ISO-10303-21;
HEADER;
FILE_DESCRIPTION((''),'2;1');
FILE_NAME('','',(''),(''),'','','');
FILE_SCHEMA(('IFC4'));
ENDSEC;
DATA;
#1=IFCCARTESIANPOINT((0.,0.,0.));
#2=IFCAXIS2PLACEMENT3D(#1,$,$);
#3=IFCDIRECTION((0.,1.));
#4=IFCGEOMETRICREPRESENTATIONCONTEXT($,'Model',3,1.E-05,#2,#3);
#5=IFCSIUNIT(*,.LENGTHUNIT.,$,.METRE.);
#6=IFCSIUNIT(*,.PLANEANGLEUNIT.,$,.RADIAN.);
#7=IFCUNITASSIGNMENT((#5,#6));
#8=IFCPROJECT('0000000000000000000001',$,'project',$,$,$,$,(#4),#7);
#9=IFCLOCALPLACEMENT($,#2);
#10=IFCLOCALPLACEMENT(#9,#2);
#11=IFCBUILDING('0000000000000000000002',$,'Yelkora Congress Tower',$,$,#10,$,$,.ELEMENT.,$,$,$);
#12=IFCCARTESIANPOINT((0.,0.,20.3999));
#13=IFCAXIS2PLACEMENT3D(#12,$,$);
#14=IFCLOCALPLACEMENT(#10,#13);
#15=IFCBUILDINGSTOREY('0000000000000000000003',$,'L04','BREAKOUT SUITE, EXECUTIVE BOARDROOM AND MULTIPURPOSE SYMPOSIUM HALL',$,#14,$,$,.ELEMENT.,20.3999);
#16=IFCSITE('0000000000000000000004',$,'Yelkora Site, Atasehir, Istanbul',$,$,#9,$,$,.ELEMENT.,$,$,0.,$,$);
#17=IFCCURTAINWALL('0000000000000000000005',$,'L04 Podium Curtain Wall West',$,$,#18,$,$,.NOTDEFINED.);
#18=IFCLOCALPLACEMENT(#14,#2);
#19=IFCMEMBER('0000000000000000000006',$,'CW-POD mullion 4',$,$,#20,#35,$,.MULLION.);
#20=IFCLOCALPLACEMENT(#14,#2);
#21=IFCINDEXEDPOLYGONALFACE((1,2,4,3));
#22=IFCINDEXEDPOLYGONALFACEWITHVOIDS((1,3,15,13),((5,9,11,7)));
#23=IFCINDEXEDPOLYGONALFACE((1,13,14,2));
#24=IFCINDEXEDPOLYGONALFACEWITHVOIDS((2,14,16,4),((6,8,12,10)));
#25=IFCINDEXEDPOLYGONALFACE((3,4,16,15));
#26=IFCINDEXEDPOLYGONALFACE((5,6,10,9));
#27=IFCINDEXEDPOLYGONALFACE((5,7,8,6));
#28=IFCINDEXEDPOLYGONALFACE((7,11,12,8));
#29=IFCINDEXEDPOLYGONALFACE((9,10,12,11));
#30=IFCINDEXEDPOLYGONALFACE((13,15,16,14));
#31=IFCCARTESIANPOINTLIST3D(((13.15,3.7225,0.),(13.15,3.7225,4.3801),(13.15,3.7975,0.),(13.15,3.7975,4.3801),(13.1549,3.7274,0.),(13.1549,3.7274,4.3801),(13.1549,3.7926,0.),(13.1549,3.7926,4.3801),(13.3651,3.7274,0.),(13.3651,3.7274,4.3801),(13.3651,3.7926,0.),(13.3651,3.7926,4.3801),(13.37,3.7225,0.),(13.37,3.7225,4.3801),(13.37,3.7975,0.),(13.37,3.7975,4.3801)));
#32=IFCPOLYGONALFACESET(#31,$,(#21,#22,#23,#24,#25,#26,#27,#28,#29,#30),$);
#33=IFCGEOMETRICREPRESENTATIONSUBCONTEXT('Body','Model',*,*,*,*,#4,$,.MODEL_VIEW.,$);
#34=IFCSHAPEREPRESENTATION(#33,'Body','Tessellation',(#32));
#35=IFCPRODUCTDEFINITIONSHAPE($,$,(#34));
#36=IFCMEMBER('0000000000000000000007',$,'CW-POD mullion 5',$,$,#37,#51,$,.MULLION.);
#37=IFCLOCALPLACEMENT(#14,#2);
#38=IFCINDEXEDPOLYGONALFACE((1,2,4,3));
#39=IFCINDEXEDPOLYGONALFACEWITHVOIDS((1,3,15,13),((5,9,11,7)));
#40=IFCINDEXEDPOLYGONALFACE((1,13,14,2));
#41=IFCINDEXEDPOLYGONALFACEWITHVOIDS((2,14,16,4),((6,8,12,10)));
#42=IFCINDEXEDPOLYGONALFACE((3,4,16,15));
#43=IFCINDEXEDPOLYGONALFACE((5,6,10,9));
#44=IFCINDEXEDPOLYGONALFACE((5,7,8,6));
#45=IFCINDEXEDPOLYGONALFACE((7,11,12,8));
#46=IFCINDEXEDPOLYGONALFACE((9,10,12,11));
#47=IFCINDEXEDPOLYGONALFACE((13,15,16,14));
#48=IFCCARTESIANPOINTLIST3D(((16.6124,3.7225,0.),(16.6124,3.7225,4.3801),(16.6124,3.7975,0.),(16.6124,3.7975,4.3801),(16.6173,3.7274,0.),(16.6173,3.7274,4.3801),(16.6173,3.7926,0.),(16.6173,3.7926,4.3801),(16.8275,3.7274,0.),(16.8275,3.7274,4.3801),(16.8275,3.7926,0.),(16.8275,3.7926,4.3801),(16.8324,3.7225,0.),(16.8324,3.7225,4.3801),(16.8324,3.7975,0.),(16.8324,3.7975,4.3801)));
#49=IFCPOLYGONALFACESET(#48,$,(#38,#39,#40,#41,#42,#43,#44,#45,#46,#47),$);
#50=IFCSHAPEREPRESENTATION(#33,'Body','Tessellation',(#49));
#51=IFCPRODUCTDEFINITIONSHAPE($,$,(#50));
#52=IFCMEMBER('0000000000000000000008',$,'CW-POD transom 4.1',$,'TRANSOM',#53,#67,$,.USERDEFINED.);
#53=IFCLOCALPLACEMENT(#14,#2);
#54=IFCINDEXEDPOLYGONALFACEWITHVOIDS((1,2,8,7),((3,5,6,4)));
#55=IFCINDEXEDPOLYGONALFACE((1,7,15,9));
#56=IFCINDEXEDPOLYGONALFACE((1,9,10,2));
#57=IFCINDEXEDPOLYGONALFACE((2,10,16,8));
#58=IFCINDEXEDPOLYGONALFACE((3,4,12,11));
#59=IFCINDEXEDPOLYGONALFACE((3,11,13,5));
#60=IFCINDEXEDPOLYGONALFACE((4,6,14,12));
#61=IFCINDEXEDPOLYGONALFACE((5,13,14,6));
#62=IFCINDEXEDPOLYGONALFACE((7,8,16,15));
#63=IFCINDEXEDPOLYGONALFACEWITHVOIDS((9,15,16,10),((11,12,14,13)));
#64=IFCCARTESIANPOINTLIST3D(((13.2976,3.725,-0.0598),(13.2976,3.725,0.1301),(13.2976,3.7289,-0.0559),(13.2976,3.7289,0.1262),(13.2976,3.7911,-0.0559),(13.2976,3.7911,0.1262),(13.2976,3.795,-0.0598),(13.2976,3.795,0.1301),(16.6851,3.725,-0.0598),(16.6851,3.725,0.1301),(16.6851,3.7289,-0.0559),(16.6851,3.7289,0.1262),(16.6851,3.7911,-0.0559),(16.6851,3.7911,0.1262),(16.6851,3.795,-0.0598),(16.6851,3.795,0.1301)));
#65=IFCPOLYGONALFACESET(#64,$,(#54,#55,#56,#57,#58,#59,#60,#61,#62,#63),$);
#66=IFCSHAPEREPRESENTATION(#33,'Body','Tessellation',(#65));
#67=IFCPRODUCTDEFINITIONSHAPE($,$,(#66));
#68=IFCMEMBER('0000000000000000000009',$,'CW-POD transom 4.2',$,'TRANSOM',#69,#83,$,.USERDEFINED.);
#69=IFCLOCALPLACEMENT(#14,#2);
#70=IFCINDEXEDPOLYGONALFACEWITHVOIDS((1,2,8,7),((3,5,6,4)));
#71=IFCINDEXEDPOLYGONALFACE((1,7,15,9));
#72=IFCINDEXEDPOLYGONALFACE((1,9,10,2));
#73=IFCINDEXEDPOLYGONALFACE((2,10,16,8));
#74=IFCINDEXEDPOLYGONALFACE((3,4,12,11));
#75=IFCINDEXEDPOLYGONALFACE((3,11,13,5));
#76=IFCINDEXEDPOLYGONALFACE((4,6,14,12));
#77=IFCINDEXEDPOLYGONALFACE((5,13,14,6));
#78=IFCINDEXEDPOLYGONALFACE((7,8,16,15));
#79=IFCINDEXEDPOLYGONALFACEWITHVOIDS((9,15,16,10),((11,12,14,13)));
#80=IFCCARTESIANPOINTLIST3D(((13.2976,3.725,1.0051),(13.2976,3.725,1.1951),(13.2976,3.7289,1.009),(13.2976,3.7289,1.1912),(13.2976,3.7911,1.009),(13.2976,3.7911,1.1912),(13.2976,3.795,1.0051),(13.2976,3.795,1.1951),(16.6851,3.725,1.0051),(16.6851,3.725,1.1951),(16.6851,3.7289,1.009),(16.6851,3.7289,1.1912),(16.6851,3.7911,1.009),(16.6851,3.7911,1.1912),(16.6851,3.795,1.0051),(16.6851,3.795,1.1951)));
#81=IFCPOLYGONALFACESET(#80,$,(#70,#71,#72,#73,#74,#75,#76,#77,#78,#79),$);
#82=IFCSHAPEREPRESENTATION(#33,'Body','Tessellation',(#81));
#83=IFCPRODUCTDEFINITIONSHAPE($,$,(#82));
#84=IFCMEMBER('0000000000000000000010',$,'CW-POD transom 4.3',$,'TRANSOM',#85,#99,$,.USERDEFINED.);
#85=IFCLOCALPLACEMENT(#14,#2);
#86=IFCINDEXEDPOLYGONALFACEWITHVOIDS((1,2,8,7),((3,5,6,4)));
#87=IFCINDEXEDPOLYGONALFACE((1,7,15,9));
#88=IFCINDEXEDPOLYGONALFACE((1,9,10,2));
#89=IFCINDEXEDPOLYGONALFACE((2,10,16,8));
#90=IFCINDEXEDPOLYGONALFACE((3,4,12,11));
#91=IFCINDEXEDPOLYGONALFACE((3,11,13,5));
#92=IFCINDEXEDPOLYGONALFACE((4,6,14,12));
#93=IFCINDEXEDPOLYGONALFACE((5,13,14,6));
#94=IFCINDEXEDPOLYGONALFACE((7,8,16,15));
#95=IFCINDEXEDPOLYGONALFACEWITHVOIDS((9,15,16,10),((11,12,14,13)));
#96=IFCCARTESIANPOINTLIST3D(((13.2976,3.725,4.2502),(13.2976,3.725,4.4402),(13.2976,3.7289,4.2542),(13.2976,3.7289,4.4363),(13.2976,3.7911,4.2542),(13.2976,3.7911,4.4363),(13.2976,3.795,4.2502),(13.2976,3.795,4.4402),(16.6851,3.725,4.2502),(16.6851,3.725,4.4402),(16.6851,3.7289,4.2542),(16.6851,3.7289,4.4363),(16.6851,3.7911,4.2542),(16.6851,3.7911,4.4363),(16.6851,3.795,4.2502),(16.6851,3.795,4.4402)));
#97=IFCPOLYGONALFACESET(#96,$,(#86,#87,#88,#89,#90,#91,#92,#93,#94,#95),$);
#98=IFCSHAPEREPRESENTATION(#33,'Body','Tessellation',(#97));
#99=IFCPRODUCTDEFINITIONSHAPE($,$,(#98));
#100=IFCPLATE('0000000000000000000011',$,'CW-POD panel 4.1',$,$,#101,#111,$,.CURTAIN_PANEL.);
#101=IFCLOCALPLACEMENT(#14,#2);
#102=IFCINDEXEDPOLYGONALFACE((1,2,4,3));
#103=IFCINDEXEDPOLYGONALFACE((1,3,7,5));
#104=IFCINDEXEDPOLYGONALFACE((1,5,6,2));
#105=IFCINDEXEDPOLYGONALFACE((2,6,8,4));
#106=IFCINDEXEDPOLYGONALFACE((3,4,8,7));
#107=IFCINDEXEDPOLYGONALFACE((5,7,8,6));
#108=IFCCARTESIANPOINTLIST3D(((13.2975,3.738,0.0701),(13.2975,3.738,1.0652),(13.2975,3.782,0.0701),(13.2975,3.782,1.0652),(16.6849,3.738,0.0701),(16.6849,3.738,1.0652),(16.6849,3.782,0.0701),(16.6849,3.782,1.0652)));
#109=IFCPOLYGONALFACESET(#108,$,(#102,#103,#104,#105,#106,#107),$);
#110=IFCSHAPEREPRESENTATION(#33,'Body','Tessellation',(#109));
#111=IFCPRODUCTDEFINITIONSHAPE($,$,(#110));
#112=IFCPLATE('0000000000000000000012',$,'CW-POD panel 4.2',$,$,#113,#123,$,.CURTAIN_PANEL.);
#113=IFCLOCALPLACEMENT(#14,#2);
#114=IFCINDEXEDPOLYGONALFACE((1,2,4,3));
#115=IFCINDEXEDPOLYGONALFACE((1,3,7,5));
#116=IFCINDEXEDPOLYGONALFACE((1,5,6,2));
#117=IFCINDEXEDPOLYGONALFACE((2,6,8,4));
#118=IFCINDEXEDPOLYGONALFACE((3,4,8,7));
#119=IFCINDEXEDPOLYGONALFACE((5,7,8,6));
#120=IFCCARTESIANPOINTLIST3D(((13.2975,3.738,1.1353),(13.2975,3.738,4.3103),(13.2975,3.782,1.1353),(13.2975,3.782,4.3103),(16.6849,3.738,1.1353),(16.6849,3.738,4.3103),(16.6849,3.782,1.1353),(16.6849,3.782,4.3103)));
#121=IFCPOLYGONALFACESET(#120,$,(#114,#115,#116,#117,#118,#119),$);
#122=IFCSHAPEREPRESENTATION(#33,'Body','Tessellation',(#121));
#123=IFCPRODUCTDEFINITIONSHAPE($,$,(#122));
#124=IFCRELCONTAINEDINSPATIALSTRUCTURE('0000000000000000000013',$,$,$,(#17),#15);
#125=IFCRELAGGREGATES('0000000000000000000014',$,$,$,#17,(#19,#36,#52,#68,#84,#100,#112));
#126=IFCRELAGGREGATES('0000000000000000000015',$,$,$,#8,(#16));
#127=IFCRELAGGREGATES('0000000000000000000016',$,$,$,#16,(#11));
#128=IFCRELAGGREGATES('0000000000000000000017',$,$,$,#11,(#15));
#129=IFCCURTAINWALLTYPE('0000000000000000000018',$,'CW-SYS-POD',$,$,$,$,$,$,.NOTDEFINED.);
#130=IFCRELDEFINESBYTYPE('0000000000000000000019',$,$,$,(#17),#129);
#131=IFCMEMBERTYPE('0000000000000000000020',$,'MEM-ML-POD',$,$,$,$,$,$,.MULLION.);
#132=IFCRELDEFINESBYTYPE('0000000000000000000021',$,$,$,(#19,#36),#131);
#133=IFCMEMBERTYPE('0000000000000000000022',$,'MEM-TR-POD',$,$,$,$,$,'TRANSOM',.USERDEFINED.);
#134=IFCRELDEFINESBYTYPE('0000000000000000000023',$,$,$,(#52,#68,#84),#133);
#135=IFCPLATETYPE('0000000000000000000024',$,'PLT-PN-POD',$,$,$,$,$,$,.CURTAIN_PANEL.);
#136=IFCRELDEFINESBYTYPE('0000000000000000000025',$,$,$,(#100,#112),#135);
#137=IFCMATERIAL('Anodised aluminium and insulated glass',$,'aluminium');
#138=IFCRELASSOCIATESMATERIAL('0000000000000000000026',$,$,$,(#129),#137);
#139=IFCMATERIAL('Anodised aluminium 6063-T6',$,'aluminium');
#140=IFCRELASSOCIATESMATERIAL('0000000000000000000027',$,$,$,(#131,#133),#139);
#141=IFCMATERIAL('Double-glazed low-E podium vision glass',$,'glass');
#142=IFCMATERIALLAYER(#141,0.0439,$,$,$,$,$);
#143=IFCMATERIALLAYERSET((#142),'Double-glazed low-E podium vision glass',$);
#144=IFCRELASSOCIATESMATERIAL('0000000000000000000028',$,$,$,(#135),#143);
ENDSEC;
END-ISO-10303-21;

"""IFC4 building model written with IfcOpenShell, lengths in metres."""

from ifc_helpers import new_model, si_unit, direction, frame, origin, origin_2d, place, context, subcontext, project, spatial, rectangle, hollow_rectangle, extrude, material, layer, layer_set, material_profile, profile_set, type_object, element, aggregate, save


model = new_model("IFC4")

# Units and contexts
model_context = context("Model", 3, precision=1e-05, world=origin(), true_north=direction((0.0, 1.0)))
body_context = subcontext(model_context, "Body", "Model", "MODEL_VIEW")
ifc_project = project(units=[si_unit("LENGTHUNIT", "METRE"), si_unit("PLANEANGLEUNIT", "RADIAN")], contexts=[model_context])

# Site, building, storey
site_placement = place(None, origin())
site = spatial("IfcSite", under=ifc_project, at=site_placement, Name="Yelkora Site, Atasehir, Istanbul", CompositionType="ELEMENT", RefElevation=0.0)
building_placement = place(site_placement, origin())
building = spatial("IfcBuilding", under=site, at=building_placement, Name="Yelkora Congress Tower", CompositionType="ELEMENT")
storey_placement = place(building_placement, frame((0.0, 0.0, 20.3999)))
storey = spatial("IfcBuildingStorey", under=building, at=storey_placement, Name="L04", Description="BREAKOUT SUITE, EXECUTIVE BOARDROOM AND MULTIPURPOSE SYMPOSIUM HALL", CompositionType="ELEMENT", Elevation=20.3999)

# Curtain wall, members, plates
ifc_material_1 = material(Name="Anodised aluminium and insulated glass", Category="aluminium")
curtain_wall_type = type_object("IfcCurtainWallType", Name="CW-SYS-POD", PredefinedType="NOTDEFINED", material=ifc_material_1)
curtain_wall_placement = place(storey_placement, origin())
curtain_wall = element("IfcCurtainWall", 1, at=curtain_wall_placement, inside=storey, type_object=curtain_wall_type, Name="L04 Podium Curtain Wall West", PredefinedType="NOTDEFINED")
ifc_material_2 = material(Name="Anodised aluminium 6063-T6", Category="aluminium")
ifc_material_profile_1 = material_profile(ifc_material_2, hollow_rectangle(XDim=0.075, YDim=0.22, WallThickness=0.0049, at=origin_2d()), Name="ALU 75x220x5")
ifc_profile_set_1 = profile_set([ifc_material_profile_1], Name="Anodised aluminium 6063-T6")
member_type_1 = type_object("IfcMemberType", Name="MEM-ML-POD", PredefinedType="MULLION", material=ifc_profile_set_1)
member_1_placement = place(storey_placement, frame((13.26, 3.76, 0.0), z_axis=(0.0, 0.0, 1.0), x_axis=(0.0, 1.0, 0.0)))
member_1 = element("IfcMember", 2, at=member_1_placement, type_object=member_type_1, Name="CW-POD mullion 4", PredefinedType="MULLION", context=body_context, shape_type="SweptSolid", body=[
    extrude(hollow_rectangle(XDim=0.075, YDim=0.22, WallThickness=0.0049, at=origin_2d()), origin(), (0.0, 0.0, 1.0), 4.3801),
])
member_2_placement = place(storey_placement, frame((16.7224, 3.76, 0.0), z_axis=(0.0, 0.0, 1.0), x_axis=(0.0, 1.0, 0.0)))
member_2 = element("IfcMember", 3, at=member_2_placement, type_object=member_type_1, Name="CW-POD mullion 5", PredefinedType="MULLION", context=body_context, shape_type="SweptSolid", body=[
    extrude(hollow_rectangle(XDim=0.075, YDim=0.22, WallThickness=0.0049, at=origin_2d()), origin(), (0.0, 0.0, 1.0), 4.3801),
])
ifc_material_profile_2 = material_profile(ifc_material_2, hollow_rectangle(XDim=0.0701, YDim=0.1899, WallThickness=0.0039, at=origin_2d()), Name="ALU 70x190x4")
ifc_profile_set_2 = profile_set([ifc_material_profile_2], Name="Anodised aluminium 6063-T6")
member_type_2 = type_object("IfcMemberType", Name="MEM-TR-POD", ElementType="TRANSOM", PredefinedType="USERDEFINED", material=ifc_profile_set_2)
member_3_placement = place(storey_placement, frame((13.2976, 3.76, 0.0352), z_axis=(1.0, 0.0, 0.0), x_axis=(0.0, 1.0, 0.0)))
member_3 = element("IfcMember", 4, at=member_3_placement, type_object=member_type_2, Name="CW-POD transom 4.1", ObjectType="TRANSOM", PredefinedType="USERDEFINED", context=body_context, shape_type="SweptSolid", body=[
    extrude(hollow_rectangle(XDim=0.0701, YDim=0.1899, WallThickness=0.0039, at=origin_2d()), origin(), (0.0, 0.0, 1.0), 3.3875),
])
member_4_placement = place(storey_placement, frame((13.2976, 3.76, 1.1001), z_axis=(1.0, 0.0, 0.0), x_axis=(0.0, 1.0, 0.0)))
member_4 = element("IfcMember", 5, at=member_4_placement, type_object=member_type_2, Name="CW-POD transom 4.2", ObjectType="TRANSOM", PredefinedType="USERDEFINED", context=body_context, shape_type="SweptSolid", body=[
    extrude(hollow_rectangle(XDim=0.0701, YDim=0.1899, WallThickness=0.0039, at=origin_2d()), origin(), (0.0, 0.0, 1.0), 3.3875),
])
member_5_placement = place(storey_placement, frame((13.2976, 3.76, 4.3452), z_axis=(1.0, 0.0, 0.0), x_axis=(0.0, 1.0, 0.0)))
member_5 = element("IfcMember", 6, at=member_5_placement, type_object=member_type_2, Name="CW-POD transom 4.3", ObjectType="TRANSOM", PredefinedType="USERDEFINED", context=body_context, shape_type="SweptSolid", body=[
    extrude(hollow_rectangle(XDim=0.0701, YDim=0.1899, WallThickness=0.0039, at=origin_2d()), origin(), (0.0, 0.0, 1.0), 3.3875),
])
ifc_material_3 = material(Name="Double-glazed low-E podium vision glass", Category="glass")
ifc_layer_1 = layer(ifc_material_3, 0.0439)
ifc_layer_set_1 = layer_set([ifc_layer_1], Name="Double-glazed low-E podium vision glass")
plate_type = type_object("IfcPlateType", Name="PLT-PN-POD", PredefinedType="CURTAIN_PANEL", material=ifc_layer_set_1)
plate_1_placement = place(storey_placement, frame((14.9912, 3.76, 0.0701), z_axis=(0.0, 0.0, 1.0), x_axis=(1.0, 0.0, 0.0)))
plate_1 = element("IfcPlate", 7, at=plate_1_placement, type_object=plate_type, Name="CW-POD panel 4.1", PredefinedType="CURTAIN_PANEL", context=body_context, shape_type="SweptSolid", body=[
    extrude(rectangle(XDim=3.3875, YDim=0.0439, at=origin_2d()), origin(), (0.0, 0.0, 1.0), 0.9951),
])
plate_2_placement = place(storey_placement, frame((14.9912, 3.76, 1.1353), z_axis=(0.0, 0.0, 1.0), x_axis=(1.0, 0.0, 0.0)))
plate_2 = element("IfcPlate", 8, at=plate_2_placement, type_object=plate_type, Name="CW-POD panel 4.2", PredefinedType="CURTAIN_PANEL", context=body_context, shape_type="SweptSolid", body=[
    extrude(rectangle(XDim=3.3875, YDim=0.0439, at=origin_2d()), origin(), (0.0, 0.0, 1.0), 3.175),
])
aggregate(curtain_wall, [member_1, member_2, member_3, member_4, member_5, plate_1, plate_2])

save(model, "model.ifc")
